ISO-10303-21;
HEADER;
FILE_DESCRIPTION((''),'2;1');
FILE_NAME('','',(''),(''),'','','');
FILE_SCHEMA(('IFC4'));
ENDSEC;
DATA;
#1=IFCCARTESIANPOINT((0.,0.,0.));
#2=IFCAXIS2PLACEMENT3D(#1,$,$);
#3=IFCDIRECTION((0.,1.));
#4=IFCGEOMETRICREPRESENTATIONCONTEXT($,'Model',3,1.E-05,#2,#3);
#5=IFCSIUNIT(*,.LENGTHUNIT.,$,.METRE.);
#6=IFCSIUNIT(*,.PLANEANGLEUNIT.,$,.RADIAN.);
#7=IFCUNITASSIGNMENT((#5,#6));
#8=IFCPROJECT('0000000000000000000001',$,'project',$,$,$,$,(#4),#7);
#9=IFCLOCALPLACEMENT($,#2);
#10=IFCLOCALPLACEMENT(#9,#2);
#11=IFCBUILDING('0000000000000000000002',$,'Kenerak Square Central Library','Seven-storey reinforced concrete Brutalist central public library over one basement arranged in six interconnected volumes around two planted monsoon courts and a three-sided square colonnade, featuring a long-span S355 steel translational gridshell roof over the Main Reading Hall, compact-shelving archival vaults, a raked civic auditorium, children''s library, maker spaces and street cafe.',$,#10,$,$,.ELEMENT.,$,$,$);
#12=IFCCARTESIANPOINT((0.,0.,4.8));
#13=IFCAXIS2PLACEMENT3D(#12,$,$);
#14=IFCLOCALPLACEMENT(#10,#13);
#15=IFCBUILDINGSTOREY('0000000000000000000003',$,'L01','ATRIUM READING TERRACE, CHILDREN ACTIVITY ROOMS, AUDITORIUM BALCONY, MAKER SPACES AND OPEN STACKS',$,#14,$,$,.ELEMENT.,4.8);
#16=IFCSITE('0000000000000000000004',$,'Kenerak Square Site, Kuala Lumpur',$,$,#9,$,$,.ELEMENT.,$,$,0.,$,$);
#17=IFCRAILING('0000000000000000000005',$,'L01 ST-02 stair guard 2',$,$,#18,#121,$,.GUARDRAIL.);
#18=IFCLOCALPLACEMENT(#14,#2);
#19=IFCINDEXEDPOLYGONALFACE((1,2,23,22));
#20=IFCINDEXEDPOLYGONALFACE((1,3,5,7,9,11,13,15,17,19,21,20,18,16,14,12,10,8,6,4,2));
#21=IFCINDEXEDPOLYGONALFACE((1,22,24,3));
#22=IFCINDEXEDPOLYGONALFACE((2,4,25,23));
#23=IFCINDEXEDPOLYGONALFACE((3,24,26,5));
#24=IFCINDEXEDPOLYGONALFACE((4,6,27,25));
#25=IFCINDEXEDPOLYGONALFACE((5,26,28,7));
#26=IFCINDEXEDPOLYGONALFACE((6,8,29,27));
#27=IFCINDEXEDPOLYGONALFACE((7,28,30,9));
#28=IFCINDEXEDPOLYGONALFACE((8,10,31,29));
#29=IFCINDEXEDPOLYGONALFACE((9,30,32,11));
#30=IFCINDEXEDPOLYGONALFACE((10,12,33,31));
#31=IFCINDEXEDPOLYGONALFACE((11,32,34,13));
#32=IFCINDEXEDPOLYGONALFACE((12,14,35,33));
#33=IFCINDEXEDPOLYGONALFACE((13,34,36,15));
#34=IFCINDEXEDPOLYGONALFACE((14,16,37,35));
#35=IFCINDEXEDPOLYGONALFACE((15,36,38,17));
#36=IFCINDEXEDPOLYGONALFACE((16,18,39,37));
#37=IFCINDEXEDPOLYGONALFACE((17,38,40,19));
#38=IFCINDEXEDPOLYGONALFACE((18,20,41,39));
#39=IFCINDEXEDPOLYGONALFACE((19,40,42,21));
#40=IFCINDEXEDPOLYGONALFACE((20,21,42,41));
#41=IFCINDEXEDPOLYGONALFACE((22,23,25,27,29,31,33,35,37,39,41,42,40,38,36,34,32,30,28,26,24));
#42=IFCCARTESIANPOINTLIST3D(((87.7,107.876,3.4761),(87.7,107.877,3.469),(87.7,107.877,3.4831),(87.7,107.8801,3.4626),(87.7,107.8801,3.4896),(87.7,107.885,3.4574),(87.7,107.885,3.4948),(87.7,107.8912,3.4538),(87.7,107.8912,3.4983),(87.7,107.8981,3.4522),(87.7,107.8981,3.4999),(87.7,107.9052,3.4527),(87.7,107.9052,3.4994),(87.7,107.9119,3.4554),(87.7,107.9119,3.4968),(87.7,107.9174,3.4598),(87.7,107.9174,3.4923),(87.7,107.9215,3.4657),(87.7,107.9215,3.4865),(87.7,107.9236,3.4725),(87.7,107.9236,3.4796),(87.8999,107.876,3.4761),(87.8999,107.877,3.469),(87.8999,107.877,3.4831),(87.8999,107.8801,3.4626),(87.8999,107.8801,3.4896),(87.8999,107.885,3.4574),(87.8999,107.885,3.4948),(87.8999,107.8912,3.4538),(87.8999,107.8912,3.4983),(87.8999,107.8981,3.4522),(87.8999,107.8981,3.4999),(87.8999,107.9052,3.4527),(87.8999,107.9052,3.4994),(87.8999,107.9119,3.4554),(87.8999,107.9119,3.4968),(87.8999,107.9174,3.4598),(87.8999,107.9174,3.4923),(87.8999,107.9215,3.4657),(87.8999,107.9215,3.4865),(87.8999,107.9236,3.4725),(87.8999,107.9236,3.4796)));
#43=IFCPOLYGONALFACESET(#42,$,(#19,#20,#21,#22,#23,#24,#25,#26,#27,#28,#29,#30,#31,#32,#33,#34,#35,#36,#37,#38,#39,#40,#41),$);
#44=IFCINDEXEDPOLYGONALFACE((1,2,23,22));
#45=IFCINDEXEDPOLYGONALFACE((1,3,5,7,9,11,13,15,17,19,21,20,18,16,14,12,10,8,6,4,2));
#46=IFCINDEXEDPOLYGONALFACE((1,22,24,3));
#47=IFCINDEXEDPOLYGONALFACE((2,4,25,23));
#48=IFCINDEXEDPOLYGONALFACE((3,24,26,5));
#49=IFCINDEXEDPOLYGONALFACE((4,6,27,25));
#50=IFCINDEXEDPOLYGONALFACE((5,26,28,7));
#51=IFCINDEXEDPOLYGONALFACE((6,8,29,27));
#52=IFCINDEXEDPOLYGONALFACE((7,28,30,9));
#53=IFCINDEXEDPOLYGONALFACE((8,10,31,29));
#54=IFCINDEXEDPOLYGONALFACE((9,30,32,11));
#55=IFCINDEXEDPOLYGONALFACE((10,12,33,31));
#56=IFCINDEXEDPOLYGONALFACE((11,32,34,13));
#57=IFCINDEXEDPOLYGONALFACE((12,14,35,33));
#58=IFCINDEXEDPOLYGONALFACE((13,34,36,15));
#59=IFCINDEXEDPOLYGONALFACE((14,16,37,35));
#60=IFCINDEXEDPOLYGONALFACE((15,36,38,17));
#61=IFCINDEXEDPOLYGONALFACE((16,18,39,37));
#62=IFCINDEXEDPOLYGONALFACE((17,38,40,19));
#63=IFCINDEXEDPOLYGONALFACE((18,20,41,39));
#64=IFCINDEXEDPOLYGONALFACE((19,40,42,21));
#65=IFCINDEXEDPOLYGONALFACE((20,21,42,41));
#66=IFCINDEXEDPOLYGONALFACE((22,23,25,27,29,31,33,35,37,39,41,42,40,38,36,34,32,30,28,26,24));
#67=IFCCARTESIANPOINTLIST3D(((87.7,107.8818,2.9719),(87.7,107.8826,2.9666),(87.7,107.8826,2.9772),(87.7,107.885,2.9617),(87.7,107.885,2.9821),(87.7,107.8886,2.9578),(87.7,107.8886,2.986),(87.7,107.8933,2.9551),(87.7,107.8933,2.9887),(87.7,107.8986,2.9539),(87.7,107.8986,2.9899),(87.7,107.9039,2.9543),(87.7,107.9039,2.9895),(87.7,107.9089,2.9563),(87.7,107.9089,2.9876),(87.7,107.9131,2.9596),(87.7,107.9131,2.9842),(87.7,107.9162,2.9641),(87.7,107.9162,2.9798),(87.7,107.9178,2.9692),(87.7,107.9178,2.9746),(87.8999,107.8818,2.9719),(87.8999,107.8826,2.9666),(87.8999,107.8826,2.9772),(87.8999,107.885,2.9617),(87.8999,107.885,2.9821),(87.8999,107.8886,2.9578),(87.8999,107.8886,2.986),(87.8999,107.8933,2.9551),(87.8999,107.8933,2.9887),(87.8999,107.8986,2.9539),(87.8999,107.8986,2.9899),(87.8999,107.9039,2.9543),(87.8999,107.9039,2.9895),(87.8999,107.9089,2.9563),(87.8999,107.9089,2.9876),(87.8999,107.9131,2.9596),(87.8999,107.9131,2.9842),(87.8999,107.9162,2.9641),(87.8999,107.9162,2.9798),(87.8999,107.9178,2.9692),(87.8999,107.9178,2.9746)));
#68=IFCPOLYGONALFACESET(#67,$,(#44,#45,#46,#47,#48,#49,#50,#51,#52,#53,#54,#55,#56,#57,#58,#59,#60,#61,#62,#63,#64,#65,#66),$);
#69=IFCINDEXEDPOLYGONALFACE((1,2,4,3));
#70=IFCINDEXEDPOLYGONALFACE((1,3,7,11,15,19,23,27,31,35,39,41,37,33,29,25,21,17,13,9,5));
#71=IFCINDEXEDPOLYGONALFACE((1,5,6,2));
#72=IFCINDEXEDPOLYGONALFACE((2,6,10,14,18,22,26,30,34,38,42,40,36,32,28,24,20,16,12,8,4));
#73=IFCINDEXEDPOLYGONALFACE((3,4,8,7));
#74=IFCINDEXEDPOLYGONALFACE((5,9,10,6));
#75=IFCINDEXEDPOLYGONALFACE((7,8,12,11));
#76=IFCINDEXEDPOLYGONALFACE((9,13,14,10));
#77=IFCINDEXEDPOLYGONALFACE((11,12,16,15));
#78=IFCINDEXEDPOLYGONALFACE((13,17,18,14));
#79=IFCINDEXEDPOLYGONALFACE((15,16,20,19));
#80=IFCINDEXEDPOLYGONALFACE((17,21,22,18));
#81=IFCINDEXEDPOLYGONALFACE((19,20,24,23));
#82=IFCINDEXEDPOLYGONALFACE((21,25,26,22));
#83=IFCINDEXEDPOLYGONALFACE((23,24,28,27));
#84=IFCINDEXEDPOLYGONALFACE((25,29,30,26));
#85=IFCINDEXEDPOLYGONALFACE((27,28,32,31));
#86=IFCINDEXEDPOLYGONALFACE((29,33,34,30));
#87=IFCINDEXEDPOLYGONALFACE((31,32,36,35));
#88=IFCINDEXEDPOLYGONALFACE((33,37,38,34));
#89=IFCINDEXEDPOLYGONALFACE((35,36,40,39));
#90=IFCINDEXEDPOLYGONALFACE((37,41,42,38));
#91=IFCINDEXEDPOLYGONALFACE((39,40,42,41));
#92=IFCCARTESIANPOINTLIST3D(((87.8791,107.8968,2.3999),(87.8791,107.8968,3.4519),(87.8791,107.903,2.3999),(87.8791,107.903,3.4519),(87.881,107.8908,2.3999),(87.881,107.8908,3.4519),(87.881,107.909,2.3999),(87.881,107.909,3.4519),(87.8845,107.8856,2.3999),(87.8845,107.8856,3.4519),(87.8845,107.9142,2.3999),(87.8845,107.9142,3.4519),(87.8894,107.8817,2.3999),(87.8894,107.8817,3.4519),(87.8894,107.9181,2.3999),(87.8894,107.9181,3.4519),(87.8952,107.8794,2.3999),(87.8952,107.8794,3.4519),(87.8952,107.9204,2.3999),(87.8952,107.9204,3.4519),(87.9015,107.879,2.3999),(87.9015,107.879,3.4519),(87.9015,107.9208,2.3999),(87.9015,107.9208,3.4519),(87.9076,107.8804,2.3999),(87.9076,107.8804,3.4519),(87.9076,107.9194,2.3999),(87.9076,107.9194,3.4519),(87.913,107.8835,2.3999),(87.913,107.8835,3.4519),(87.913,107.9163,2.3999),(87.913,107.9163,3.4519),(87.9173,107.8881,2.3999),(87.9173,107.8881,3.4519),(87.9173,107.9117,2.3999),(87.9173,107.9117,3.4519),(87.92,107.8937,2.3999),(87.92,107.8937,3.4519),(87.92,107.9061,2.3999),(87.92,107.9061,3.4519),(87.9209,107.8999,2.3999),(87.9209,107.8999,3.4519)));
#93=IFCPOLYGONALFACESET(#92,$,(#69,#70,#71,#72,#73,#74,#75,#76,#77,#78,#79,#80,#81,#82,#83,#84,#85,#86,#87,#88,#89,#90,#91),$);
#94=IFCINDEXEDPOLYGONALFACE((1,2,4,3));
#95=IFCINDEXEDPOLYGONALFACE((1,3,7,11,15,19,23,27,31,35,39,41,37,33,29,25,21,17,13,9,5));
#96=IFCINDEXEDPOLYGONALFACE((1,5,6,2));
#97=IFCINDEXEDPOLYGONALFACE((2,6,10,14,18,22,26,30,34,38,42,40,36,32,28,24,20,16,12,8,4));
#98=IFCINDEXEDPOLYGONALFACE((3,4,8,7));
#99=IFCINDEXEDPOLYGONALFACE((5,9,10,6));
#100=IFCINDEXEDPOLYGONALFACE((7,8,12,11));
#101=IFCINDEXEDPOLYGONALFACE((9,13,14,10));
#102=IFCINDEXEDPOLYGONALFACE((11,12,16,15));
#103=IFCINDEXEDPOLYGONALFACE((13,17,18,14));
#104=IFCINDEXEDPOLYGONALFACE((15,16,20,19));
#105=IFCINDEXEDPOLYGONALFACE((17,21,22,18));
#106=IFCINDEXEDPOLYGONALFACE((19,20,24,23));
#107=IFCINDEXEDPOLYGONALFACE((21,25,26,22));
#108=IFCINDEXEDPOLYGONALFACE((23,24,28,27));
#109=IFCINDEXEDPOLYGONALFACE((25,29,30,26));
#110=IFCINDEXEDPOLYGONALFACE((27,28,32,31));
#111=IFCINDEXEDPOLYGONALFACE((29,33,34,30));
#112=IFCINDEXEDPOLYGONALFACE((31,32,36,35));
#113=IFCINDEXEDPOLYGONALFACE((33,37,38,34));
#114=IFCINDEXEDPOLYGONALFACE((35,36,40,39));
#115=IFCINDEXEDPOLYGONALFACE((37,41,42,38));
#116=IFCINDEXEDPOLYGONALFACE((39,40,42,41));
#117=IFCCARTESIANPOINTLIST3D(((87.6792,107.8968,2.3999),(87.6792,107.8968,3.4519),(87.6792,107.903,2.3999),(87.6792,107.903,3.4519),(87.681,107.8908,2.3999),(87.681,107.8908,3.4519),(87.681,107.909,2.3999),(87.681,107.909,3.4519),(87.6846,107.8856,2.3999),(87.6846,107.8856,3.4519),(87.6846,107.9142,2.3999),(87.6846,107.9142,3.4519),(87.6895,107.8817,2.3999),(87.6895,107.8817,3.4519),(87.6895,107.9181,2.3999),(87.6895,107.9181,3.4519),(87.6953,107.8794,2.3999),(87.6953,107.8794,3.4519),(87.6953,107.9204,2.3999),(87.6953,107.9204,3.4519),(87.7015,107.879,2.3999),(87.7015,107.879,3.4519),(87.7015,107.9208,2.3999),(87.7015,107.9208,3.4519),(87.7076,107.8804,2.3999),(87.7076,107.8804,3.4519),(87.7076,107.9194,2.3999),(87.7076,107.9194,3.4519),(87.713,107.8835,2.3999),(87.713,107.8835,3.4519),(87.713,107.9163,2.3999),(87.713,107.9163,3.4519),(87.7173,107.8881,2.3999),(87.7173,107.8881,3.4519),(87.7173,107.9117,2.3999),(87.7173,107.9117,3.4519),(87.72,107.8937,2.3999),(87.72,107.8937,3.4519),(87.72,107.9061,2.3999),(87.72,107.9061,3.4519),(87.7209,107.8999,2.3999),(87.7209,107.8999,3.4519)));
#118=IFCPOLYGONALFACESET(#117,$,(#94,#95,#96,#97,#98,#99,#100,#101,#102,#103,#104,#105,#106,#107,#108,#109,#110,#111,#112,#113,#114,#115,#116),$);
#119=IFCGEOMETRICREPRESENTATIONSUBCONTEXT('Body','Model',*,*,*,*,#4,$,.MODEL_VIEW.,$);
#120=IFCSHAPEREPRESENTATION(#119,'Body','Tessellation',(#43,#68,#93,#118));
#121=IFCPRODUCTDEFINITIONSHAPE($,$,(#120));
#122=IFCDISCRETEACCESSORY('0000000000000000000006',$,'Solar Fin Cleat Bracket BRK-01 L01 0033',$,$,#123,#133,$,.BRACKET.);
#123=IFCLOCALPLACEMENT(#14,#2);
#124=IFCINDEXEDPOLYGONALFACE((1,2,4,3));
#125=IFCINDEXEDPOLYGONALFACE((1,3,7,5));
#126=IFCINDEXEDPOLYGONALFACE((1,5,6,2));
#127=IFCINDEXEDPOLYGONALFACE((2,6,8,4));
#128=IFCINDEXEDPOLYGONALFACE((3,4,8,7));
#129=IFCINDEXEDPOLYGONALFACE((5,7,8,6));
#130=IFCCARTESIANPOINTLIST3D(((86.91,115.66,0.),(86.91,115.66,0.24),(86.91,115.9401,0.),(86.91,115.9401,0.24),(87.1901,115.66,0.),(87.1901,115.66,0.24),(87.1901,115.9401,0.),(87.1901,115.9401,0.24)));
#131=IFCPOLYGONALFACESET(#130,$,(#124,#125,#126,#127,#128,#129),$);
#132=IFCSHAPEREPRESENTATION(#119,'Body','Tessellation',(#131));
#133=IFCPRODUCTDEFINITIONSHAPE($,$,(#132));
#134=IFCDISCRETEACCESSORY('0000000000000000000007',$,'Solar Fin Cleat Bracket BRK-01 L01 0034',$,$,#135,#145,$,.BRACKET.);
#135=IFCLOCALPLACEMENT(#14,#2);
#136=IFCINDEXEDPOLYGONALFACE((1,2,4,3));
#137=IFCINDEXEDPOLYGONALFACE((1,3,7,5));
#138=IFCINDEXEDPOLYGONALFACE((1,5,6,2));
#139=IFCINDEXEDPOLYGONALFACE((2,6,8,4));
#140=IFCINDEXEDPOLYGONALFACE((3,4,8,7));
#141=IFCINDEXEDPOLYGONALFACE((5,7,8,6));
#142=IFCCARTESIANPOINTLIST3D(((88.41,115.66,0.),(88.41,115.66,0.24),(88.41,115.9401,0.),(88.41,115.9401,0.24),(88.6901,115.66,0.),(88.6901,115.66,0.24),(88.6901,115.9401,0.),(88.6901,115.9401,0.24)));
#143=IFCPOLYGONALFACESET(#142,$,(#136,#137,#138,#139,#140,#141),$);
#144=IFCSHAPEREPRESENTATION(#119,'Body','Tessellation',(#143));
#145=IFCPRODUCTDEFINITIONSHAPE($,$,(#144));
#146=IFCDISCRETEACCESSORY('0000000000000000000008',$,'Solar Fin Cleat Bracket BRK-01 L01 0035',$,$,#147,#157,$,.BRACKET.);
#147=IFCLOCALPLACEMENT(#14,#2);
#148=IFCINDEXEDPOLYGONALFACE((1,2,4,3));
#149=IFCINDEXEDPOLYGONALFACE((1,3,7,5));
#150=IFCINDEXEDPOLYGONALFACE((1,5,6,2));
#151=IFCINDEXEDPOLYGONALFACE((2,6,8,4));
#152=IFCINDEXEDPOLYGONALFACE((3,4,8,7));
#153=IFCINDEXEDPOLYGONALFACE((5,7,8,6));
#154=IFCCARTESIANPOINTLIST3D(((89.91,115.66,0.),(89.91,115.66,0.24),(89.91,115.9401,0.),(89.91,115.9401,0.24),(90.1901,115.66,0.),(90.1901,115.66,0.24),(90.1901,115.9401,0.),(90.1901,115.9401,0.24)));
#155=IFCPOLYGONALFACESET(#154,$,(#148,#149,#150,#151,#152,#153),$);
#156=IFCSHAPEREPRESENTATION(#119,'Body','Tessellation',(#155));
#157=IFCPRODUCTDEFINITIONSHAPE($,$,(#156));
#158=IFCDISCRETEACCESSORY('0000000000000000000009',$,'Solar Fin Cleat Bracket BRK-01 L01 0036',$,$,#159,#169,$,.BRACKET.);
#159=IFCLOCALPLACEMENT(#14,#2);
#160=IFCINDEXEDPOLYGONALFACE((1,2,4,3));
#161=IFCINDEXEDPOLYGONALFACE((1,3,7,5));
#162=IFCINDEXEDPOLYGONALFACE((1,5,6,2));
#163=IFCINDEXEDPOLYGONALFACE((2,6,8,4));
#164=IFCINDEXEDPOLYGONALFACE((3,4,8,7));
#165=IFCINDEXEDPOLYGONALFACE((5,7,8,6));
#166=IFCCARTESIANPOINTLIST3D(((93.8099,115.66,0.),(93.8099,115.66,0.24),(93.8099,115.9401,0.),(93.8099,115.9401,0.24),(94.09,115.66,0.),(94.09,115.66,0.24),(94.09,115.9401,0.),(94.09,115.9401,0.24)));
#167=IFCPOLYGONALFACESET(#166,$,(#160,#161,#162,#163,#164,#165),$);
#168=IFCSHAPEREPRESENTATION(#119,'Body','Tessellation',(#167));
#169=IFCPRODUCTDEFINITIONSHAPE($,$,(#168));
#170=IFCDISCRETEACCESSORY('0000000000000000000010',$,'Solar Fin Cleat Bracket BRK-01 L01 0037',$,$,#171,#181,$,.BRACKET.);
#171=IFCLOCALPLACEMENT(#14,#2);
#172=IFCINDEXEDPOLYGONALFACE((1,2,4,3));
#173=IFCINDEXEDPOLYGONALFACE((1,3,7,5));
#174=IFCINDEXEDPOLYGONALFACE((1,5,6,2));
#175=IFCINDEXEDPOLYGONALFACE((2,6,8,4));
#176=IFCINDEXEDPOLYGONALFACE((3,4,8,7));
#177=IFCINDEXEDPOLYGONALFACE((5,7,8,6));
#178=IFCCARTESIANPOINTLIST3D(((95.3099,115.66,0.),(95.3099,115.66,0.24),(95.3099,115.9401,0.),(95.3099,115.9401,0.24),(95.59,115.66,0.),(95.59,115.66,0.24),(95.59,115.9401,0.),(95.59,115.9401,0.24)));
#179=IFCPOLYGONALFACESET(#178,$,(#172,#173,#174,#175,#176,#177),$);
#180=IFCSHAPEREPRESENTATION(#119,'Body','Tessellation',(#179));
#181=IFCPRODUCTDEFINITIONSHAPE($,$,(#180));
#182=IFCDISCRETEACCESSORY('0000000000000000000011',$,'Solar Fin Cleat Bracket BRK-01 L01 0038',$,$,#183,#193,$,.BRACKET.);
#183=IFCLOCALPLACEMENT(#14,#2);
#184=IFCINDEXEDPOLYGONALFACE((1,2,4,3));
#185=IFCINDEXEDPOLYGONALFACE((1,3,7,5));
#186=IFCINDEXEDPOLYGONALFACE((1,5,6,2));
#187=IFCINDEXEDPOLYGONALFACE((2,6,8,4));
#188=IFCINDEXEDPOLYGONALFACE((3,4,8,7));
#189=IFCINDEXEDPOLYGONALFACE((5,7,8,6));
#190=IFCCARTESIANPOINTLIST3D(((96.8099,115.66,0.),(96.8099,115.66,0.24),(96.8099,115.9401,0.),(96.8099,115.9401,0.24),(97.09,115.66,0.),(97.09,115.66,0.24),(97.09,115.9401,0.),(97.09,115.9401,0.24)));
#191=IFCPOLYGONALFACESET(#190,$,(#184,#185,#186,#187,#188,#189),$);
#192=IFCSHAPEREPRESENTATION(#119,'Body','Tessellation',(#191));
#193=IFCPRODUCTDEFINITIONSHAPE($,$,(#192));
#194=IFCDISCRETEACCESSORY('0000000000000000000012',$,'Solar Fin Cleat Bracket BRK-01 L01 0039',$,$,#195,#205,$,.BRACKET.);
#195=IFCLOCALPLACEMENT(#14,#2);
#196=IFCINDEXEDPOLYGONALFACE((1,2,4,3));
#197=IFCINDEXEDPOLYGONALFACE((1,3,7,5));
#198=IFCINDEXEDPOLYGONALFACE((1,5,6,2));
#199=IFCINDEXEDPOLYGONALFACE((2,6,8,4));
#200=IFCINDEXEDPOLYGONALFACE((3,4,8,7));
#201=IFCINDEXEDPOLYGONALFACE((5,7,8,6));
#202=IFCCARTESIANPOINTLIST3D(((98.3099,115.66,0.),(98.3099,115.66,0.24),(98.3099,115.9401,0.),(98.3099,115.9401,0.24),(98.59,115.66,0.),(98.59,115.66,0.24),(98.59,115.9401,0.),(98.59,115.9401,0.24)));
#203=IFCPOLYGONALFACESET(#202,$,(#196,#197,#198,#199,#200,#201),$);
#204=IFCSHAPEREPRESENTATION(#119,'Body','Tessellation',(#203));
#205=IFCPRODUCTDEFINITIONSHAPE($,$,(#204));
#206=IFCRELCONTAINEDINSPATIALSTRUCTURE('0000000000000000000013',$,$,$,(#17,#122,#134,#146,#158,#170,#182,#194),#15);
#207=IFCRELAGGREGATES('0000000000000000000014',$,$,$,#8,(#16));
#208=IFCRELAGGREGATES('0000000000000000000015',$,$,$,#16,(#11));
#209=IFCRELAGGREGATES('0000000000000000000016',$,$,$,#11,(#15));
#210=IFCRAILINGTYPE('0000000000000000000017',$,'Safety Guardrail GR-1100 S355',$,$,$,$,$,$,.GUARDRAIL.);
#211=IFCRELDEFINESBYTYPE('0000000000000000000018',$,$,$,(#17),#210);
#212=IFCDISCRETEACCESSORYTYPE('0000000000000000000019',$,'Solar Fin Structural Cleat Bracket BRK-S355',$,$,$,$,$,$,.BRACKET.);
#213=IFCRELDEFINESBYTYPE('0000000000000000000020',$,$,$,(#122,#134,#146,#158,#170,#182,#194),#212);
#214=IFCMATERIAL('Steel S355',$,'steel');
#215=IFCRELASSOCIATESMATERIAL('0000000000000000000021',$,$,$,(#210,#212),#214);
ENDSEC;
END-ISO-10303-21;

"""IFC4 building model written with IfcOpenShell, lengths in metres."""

from ifc_helpers import new_model, si_unit, direction, frame, origin, origin_2d, place, context, subcontext, project, spatial, rectangle, circle, extrude, material, type_object, element, save


model = new_model("IFC4")

# Units and contexts
model_context = context("Model", 3, precision=1e-05, world=origin(), true_north=direction((0.0, 1.0)))
body_context = subcontext(model_context, "Body", "Model", "MODEL_VIEW")
ifc_project = project(units=[si_unit("LENGTHUNIT", "METRE"), si_unit("PLANEANGLEUNIT", "RADIAN")], contexts=[model_context])

# Site, building, storey
site_placement = place(None, origin())
site = spatial("IfcSite", under=ifc_project, at=site_placement, Name="Kenerak Square Site, Kuala Lumpur", CompositionType="ELEMENT", RefElevation=0.0)
building_placement = place(site_placement, origin())
building = spatial("IfcBuilding", under=site, at=building_placement, Name="Kenerak Square Central Library", Description="Seven-storey reinforced concrete Brutalist central public library over one basement arranged in six interconnected volumes around two planted monsoon courts and a three-sided square colonnade, featuring a long-span S355 steel translational gridshell roof over the Main Reading Hall, compact-shelving archival vaults, a raked civic auditorium, children's library, maker spaces and street cafe.", CompositionType="ELEMENT")
storey_placement = place(building_placement, frame((0.0, 0.0, 4.8)))
storey = spatial("IfcBuildingStorey", under=building, at=storey_placement, Name="L01", Description="ATRIUM READING TERRACE, CHILDREN ACTIVITY ROOMS, AUDITORIUM BALCONY, MAKER SPACES AND OPEN STACKS", CompositionType="ELEMENT", Elevation=4.8)

# Railing
ifc_material_1 = material(Name="Steel S355", Category="steel")
railing_type = type_object("IfcRailingType", Name="Safety Guardrail GR-1100 S355", PredefinedType="GUARDRAIL", material=ifc_material_1)
railing_placement = place(storey_placement, frame((87.8999, 107.8999, 2.3999)))
element("IfcRailing", 1, at=railing_placement, inside=storey, type_object=railing_type, Name="L01 ST-02 stair guard 2", PredefinedType="GUARDRAIL", context=body_context, shape_type="SweptSolid", body=[
    extrude(circle(Radius=0.0239, at=origin_2d()), frame((0.0, 0.0, 1.0762), z_axis=(-1.0, 0.0, 0.0), x_axis=(0.0, -1.0, 0.0)), (0.0, 0.0, 1.0), 0.2),
    extrude(circle(Radius=0.0181, at=origin_2d()), frame((0.0, 0.0, 0.572), z_axis=(-1.0, 0.0, 0.0), x_axis=(0.0, -1.0, 0.0)), (0.0, 0.0, 1.0), 0.2),
    extrude(circle(Radius=0.021, at=origin_2d()), origin(), (0.0, 0.0, 1.0), 1.052),
    extrude(circle(Radius=0.021, at=origin_2d()), frame((-0.2, 0.0, 0.0)), (0.0, 0.0, 1.0), 1.052),
])

# Discrete accessories
discrete_accessory_type = type_object("IfcDiscreteAccessoryType", Name="Solar Fin Structural Cleat Bracket BRK-S355", PredefinedType="BRACKET", material=ifc_material_1)
for number, where, z_axis, x_axis, name in (
    (2, (87.05, 115.8, 0.0), (0.0, 0.0, 1.0), (1.0, 0.0, 0.0), "Solar Fin Cleat Bracket BRK-01 L01 0033"),
    (3, (88.55, 115.8, 0.0), (0.0, 0.0, 1.0), (1.0, 0.0, 0.0), "Solar Fin Cleat Bracket BRK-01 L01 0034"),
    (4, (90.05, 115.8, 0.0), (0.0, 0.0, 1.0), (1.0, 0.0, 0.0), "Solar Fin Cleat Bracket BRK-01 L01 0035"),
    (5, (93.95, 115.8, 0.0), (0.0, 0.0, 1.0), (1.0, 0.0, 0.0), "Solar Fin Cleat Bracket BRK-01 L01 0036"),
    (6, (95.45, 115.8, 0.0), (0.0, 0.0, 1.0), (1.0, 0.0, 0.0), "Solar Fin Cleat Bracket BRK-01 L01 0037"),
    (7, (96.95, 115.8, 0.0), (0.0, 0.0, 1.0), (1.0, 0.0, 0.0), "Solar Fin Cleat Bracket BRK-01 L01 0038"),
    (8, (98.45, 115.8, 0.0), (0.0, 0.0, 1.0), (1.0, 0.0, 0.0), "Solar Fin Cleat Bracket BRK-01 L01 0039"),
):
    element("IfcDiscreteAccessory", number, at=place(storey_placement, frame(where, z_axis=z_axis, x_axis=x_axis)), inside=storey, type_object=discrete_accessory_type, Name=name, PredefinedType="BRACKET", context=body_context, shape_type="SweptSolid", body=[
        extrude(rectangle(XDim=0.28, YDim=0.28, at=origin_2d()), origin(), (0.0, 0.0, 1.0), 0.24),
    ])

save(model, "model.ifc")
